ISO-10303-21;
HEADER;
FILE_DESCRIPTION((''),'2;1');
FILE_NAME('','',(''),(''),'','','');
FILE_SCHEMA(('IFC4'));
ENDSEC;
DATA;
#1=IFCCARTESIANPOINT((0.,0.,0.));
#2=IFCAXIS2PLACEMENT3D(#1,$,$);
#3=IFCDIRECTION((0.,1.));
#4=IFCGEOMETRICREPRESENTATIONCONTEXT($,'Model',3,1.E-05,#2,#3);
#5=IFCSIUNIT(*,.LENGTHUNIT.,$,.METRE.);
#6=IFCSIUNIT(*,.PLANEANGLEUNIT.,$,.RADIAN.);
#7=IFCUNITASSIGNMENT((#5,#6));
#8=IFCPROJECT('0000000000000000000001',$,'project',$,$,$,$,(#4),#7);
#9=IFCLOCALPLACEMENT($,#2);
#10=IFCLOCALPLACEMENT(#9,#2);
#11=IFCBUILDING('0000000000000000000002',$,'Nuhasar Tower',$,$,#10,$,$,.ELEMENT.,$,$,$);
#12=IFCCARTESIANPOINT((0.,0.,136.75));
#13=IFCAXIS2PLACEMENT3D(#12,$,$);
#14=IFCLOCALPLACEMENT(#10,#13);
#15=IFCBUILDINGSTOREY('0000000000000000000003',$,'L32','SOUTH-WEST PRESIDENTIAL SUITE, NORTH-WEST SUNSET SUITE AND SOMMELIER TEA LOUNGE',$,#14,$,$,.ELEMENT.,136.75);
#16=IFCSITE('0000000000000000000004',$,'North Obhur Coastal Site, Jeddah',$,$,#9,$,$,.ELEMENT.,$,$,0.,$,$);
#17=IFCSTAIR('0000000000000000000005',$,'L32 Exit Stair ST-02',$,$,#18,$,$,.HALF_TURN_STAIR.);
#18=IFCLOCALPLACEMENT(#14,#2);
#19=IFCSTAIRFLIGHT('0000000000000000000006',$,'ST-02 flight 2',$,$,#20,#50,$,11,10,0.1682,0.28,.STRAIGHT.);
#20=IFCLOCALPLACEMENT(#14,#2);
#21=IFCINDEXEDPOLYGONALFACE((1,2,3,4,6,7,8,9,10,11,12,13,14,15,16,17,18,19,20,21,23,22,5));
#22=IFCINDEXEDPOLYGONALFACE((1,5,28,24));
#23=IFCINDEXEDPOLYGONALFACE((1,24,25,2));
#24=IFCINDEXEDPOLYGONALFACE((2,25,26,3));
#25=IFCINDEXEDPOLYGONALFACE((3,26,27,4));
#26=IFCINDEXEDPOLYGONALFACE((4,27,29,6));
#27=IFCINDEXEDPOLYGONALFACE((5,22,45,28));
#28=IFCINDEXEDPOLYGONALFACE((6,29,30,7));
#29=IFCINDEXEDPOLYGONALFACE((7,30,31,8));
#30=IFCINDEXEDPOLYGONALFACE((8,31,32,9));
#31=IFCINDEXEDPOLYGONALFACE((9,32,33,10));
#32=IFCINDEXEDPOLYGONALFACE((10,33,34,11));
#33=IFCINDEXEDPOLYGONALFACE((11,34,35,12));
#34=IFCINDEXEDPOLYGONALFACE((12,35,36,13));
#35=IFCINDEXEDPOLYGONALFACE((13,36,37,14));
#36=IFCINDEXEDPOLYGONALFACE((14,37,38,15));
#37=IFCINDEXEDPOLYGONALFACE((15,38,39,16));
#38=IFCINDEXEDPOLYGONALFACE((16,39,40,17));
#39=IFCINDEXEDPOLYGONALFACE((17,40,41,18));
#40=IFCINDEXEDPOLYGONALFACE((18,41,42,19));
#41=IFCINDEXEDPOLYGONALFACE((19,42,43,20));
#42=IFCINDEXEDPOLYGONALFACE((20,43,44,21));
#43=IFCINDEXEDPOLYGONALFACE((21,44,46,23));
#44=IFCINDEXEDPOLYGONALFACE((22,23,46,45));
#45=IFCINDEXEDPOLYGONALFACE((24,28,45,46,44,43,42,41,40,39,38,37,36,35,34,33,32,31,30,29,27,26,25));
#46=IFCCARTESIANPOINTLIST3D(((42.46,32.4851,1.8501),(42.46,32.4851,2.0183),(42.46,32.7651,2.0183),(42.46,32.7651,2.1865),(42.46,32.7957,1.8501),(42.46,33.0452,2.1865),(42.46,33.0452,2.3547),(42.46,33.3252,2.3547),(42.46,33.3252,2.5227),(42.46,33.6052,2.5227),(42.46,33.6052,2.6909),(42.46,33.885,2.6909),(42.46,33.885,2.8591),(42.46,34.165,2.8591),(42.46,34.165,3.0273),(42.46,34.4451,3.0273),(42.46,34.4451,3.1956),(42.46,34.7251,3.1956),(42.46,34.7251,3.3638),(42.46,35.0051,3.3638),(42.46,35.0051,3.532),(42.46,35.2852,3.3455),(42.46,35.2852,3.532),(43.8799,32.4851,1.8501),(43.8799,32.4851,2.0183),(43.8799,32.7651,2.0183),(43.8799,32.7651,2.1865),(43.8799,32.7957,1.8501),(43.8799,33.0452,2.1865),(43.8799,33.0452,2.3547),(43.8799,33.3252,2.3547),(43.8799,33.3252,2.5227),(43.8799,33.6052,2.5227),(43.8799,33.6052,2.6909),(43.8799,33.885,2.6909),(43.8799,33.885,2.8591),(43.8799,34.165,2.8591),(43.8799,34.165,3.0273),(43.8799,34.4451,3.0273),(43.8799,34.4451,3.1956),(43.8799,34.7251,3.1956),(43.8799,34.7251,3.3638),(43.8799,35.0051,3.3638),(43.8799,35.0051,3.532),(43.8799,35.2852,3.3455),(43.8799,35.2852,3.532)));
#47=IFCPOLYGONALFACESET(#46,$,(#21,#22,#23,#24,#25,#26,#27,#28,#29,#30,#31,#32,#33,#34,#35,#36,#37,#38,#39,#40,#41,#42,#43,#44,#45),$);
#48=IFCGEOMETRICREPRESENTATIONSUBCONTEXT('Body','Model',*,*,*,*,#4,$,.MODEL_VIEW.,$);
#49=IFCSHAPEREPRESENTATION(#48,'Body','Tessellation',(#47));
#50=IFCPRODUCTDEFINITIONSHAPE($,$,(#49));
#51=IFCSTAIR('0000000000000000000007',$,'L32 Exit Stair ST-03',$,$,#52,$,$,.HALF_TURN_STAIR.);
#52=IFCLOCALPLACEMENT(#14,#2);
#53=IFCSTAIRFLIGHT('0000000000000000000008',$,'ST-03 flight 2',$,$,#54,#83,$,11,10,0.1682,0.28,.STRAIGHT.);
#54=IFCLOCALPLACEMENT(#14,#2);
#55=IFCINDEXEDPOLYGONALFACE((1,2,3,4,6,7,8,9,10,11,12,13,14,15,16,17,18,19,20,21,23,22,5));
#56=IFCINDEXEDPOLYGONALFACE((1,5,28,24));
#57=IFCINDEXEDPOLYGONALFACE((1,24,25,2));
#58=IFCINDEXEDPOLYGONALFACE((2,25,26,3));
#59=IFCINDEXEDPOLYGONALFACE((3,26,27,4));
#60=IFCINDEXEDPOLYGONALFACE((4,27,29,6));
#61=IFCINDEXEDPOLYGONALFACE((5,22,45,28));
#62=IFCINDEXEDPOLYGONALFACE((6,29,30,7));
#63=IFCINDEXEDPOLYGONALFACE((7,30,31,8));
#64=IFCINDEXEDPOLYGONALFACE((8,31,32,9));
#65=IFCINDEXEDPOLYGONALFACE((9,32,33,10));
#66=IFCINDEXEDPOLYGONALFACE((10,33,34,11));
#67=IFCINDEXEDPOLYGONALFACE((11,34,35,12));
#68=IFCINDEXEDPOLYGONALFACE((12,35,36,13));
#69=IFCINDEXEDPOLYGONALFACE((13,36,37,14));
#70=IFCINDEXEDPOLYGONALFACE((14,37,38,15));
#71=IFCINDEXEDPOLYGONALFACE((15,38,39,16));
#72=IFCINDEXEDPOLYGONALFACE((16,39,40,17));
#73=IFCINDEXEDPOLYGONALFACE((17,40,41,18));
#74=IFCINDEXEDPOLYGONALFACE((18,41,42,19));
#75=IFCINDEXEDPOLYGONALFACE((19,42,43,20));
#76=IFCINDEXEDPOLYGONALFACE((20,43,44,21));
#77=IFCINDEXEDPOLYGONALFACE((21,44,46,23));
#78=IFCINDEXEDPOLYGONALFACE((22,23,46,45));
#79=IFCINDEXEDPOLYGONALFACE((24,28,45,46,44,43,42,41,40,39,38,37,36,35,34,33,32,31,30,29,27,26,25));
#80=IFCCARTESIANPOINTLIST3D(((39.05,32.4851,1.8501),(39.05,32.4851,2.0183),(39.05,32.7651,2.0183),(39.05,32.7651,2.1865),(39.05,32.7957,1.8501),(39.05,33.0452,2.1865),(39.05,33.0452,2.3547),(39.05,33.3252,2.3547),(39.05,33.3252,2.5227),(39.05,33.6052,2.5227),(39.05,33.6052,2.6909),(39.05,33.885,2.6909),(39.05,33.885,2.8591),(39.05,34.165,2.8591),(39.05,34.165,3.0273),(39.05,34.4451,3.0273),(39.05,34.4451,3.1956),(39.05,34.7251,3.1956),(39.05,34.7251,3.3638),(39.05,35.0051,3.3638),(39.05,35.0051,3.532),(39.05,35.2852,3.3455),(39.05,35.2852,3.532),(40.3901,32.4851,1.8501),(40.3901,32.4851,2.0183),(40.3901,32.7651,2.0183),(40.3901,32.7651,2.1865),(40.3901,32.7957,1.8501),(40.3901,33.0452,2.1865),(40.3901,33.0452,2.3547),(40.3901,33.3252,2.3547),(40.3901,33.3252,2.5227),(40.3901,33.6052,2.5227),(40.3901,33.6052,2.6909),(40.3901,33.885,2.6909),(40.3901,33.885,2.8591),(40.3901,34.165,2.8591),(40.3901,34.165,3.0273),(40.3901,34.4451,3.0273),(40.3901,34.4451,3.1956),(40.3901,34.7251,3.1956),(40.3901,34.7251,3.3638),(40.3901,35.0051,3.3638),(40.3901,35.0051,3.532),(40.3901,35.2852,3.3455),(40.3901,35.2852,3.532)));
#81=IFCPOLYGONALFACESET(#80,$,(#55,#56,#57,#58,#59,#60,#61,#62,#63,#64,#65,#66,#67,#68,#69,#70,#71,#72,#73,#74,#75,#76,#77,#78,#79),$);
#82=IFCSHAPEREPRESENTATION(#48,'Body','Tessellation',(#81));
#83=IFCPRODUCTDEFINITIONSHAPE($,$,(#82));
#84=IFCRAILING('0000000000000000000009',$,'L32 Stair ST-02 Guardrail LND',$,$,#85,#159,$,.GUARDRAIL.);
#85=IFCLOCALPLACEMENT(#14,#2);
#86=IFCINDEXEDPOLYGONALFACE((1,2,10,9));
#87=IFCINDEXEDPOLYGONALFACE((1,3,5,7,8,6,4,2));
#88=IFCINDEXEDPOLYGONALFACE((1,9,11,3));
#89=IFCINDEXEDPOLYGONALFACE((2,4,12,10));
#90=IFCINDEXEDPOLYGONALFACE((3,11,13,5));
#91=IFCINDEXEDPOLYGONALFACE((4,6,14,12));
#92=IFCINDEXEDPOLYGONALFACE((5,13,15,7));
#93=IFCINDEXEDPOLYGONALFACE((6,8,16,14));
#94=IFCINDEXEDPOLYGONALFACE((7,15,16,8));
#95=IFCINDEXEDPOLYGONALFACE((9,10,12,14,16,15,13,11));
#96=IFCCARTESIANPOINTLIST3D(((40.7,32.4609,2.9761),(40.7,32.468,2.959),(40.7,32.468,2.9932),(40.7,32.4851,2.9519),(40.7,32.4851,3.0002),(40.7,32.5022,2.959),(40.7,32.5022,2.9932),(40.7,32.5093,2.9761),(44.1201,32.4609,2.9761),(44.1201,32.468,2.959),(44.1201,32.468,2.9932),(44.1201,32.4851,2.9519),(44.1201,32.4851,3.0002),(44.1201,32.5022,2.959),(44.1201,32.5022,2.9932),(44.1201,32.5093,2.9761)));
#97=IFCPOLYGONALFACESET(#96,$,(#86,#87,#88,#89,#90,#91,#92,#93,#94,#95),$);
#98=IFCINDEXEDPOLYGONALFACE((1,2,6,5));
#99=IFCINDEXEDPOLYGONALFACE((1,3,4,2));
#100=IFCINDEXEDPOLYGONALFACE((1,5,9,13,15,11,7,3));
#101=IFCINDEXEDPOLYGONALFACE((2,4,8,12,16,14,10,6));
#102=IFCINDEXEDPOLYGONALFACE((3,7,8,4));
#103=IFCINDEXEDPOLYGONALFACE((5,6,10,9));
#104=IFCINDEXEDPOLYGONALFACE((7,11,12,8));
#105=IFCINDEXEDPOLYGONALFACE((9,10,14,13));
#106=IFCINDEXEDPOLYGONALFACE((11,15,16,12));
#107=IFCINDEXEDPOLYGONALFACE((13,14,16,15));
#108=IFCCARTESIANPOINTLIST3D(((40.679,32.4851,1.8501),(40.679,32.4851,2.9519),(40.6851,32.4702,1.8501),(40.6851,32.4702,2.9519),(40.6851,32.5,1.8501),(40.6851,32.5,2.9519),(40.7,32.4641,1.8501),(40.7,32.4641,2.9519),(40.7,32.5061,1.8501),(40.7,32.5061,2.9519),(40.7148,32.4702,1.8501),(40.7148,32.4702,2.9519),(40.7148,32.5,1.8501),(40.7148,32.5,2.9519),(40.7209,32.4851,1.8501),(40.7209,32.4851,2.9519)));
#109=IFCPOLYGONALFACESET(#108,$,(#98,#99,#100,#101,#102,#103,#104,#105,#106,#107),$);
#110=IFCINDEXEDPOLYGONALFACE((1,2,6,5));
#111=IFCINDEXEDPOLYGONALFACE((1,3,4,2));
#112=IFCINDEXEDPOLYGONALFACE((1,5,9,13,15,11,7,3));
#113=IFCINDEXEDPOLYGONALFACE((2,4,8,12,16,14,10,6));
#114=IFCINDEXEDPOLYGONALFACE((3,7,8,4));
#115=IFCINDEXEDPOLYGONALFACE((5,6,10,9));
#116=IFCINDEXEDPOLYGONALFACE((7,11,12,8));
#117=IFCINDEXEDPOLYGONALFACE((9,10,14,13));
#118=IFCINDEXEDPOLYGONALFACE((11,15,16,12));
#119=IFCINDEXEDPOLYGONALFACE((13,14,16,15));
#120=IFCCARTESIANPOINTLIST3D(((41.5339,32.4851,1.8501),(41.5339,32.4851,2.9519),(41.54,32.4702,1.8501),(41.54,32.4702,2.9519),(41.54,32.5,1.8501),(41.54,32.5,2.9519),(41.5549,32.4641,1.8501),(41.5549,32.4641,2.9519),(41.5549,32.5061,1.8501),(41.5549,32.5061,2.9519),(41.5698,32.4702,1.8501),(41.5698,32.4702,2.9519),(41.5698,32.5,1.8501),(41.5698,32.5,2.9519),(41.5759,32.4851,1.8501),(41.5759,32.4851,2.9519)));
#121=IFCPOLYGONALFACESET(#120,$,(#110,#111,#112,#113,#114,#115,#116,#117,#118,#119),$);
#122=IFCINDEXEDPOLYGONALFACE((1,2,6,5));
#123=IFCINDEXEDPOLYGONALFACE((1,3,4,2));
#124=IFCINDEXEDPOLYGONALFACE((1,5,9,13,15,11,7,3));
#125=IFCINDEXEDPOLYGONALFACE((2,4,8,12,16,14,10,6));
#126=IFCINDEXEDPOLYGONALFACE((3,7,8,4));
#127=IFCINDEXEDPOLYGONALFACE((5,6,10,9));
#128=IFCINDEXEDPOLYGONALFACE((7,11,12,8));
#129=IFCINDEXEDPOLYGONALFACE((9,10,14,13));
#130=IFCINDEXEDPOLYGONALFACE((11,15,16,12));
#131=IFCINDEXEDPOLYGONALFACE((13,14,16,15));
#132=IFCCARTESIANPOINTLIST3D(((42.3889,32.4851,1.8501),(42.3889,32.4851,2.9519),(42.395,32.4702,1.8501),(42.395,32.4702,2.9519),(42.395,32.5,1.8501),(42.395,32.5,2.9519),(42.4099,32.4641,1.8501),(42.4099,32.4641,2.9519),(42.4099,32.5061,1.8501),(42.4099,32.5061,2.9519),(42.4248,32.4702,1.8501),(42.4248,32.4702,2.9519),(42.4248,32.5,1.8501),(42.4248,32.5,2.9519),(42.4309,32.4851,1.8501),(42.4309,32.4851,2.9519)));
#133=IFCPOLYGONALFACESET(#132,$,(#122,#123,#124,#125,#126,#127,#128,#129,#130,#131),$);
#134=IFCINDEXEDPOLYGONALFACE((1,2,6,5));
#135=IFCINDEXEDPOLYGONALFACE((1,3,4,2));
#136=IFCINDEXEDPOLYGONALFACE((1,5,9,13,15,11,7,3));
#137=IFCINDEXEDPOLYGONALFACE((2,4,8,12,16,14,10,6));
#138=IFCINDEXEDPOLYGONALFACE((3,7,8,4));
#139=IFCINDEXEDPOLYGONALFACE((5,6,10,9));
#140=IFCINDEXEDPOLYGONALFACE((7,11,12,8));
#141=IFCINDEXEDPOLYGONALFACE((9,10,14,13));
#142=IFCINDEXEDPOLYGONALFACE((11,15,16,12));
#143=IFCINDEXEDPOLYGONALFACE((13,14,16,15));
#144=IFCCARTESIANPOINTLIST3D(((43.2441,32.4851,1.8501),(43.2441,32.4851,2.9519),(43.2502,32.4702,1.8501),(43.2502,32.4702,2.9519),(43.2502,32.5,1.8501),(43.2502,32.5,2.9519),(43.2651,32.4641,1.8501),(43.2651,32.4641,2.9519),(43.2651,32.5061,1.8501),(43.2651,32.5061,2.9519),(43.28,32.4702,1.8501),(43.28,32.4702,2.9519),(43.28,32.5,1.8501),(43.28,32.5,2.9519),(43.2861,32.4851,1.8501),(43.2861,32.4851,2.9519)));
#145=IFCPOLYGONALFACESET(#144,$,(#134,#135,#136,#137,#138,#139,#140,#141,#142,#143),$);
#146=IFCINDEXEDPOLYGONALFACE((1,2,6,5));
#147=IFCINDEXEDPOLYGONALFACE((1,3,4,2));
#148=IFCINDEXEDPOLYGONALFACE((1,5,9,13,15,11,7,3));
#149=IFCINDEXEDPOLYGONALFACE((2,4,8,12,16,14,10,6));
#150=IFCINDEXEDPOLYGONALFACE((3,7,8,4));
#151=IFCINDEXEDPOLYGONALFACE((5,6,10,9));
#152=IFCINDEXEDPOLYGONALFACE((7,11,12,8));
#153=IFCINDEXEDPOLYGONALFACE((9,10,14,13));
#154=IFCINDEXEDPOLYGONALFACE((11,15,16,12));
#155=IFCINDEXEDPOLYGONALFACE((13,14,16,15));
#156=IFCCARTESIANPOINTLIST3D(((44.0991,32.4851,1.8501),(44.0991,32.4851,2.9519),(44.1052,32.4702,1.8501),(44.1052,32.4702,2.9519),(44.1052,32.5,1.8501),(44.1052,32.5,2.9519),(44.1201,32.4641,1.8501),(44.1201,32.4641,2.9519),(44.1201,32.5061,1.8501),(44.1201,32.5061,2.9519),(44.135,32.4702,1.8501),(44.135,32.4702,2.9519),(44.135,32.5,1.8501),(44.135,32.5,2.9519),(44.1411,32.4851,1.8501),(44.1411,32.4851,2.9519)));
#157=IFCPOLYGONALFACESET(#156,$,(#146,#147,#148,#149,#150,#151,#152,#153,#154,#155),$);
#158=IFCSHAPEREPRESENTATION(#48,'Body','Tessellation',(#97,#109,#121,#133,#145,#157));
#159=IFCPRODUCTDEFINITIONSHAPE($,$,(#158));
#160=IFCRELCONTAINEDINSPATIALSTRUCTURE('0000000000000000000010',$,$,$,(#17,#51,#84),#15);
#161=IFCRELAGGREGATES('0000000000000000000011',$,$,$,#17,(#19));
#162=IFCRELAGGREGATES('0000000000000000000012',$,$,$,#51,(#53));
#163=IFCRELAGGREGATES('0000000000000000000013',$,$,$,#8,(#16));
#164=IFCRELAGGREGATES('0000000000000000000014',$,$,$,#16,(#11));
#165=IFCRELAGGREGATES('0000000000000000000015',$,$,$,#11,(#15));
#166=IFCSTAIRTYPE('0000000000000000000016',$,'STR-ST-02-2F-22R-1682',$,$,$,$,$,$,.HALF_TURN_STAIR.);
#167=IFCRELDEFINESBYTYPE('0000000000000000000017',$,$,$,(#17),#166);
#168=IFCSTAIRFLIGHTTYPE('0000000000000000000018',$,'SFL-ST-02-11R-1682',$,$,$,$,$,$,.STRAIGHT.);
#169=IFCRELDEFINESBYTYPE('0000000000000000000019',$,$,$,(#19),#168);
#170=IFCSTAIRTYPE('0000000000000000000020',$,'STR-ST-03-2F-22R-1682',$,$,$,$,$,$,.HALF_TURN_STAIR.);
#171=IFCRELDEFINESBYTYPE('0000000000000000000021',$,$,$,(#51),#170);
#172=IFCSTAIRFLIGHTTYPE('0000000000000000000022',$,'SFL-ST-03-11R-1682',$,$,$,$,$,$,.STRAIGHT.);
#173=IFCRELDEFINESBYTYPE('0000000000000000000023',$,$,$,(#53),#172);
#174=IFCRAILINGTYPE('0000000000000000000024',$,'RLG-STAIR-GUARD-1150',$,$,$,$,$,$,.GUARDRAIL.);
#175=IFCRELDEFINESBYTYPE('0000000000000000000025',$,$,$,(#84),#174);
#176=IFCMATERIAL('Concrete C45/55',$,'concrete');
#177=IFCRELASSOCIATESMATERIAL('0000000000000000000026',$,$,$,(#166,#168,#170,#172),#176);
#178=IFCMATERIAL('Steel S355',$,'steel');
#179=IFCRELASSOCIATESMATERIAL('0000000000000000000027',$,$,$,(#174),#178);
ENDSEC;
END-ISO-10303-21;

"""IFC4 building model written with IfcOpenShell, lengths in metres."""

from ifc_helpers import new_model, si_unit, direction, frame, origin, place, context, subcontext, project, spatial, polyline, outline, extrude, material, type_object, element, aggregate, save


model = new_model("IFC4")

# Units and contexts
model_context = context("Model", 3, precision=1e-05, world=origin(), true_north=direction((0.0, 1.0)))
body_context = subcontext(model_context, "Body", "Model", "MODEL_VIEW")
ifc_project = project(units=[si_unit("LENGTHUNIT", "METRE"), si_unit("PLANEANGLEUNIT", "RADIAN")], contexts=[model_context])

# Site, building, storey
site_placement = place(None, origin())
site = spatial("IfcSite", under=ifc_project, at=site_placement, Name="North Obhur Coastal Site, Jeddah", CompositionType="ELEMENT", RefElevation=0.0)
building_placement = place(site_placement, origin())
building = spatial("IfcBuilding", under=site, at=building_placement, Name="Nuhasar Tower", CompositionType="ELEMENT")
storey_placement = place(building_placement, frame((0.0, 0.0, 136.75)))
storey = spatial("IfcBuildingStorey", under=building, at=storey_placement, Name="L32", Description="SOUTH-WEST PRESIDENTIAL SUITE, NORTH-WEST SUNSET SUITE AND SOMMELIER TEA LOUNGE", CompositionType="ELEMENT", Elevation=136.75)

# Shared definitions
ifc_material_1 = material(Name="Steel S355", Category="steel")

# Shared definitions
ifc_material_2 = material(Name="Concrete C45/55", Category="concrete")

# Stair, stair flight
stair_type_1 = type_object("IfcStairType", Name="STR-ST-02-2F-22R-1682", PredefinedType="HALF_TURN_STAIR", material=ifc_material_2)
stair_1_placement = place(storey_placement, origin())
stair_1 = element("IfcStair", 1, at=stair_1_placement, inside=storey, type_object=stair_type_1, Name="L32 Exit Stair ST-02", PredefinedType="HALF_TURN_STAIR")
stair_flight_type_1 = type_object("IfcStairFlightType", Name="SFL-ST-02-11R-1682", PredefinedType="STRAIGHT", material=ifc_material_2)
stair_flight_1_placement = place(storey_placement, frame((43.1699, 32.4851, 1.8501), z_axis=(0.0, 0.0, 1.0), x_axis=(0.0, 1.0, 0.0)))
stair_flight_1 = element("IfcStairFlight", 2, at=stair_flight_1_placement, type_object=stair_flight_type_1, Name="ST-02 flight 2", NumberOfRisers=11, NumberOfTreads=10, PredefinedType="STRAIGHT", RiserHeight=0.1682, TreadLength=0.28, context=body_context, shape_type="SweptSolid", body=[
    extrude(outline(polyline([(0.0, 0.0), (0.0, 0.1682), (0.28, 0.1682), (0.28, 0.3364), (0.5601, 0.3364), (0.5601, 0.5046), (0.8401, 0.5046), (0.8401, 0.6726), (1.1201, 0.6726), (1.1201, 0.8408), (1.3999, 0.8408), (1.3999, 1.009), (1.6799, 1.009), (1.6799, 1.1772), (1.96, 1.1772), (1.96, 1.3455), (2.24, 1.3455), (2.24, 1.5137), (2.52, 1.5137), (2.52, 1.6819), (2.8, 1.6819), (2.8, 1.8501), (2.8, 1.4954), (0.3105, 0.0), (0.0, 0.0)])), frame((0.0, 0.71, 0.0), z_axis=(0.0, -1.0, 0.0), x_axis=(1.0, 0.0, 0.0)), (0.0, 0.0, 1.0), 1.4199),
])
aggregate(stair_1, [stair_flight_1])

# Stair, stair flight
stair_type_2 = type_object("IfcStairType", Name="STR-ST-03-2F-22R-1682", PredefinedType="HALF_TURN_STAIR", material=ifc_material_2)
stair_2_placement = place(storey_placement, origin())
stair_2 = element("IfcStair", 3, at=stair_2_placement, inside=storey, type_object=stair_type_2, Name="L32 Exit Stair ST-03", PredefinedType="HALF_TURN_STAIR")
stair_flight_type_2 = type_object("IfcStairFlightType", Name="SFL-ST-03-11R-1682", PredefinedType="STRAIGHT", material=ifc_material_2)
stair_flight_2_placement = place(storey_placement, frame((39.72, 32.4851, 1.8501), z_axis=(0.0, 0.0, 1.0), x_axis=(0.0, 1.0, 0.0)))
stair_flight_2 = element("IfcStairFlight", 4, at=stair_flight_2_placement, type_object=stair_flight_type_2, Name="ST-03 flight 2", NumberOfRisers=11, NumberOfTreads=10, PredefinedType="STRAIGHT", RiserHeight=0.1682, TreadLength=0.28, context=body_context, shape_type="SweptSolid", body=[
    extrude(outline(polyline([(0.0, 0.0), (0.0, 0.1682), (0.28, 0.1682), (0.28, 0.3364), (0.5601, 0.3364), (0.5601, 0.5046), (0.8401, 0.5046), (0.8401, 0.6726), (1.1201, 0.6726), (1.1201, 0.8408), (1.3999, 0.8408), (1.3999, 1.009), (1.6799, 1.009), (1.6799, 1.1772), (1.96, 1.1772), (1.96, 1.3455), (2.24, 1.3455), (2.24, 1.5137), (2.52, 1.5137), (2.52, 1.6819), (2.8, 1.6819), (2.8, 1.8501), (2.8, 1.4954), (0.3105, 0.0), (0.0, 0.0)])), frame((0.0, 0.6699, 0.0), z_axis=(0.0, -1.0, 0.0), x_axis=(1.0, 0.0, 0.0)), (0.0, 0.0, 1.0), 1.3401),
])
aggregate(stair_2, [stair_flight_2])

# Railing
railing_type_1 = type_object("IfcRailingType", Name="RLG-STAIR-GUARD-1150", PredefinedType="GUARDRAIL", material=ifc_material_1)
railing_1_placement = place(storey_placement, frame((40.7, 32.4851, 1.8501)))
element("IfcRailing", 5, at=railing_1_placement, inside=storey, type_object=railing_type_1, Name="L32 Stair ST-02 Guardrail LND", PredefinedType="GUARDRAIL", context=body_context, shape_type="SweptSolid", body=[
    extrude(outline(polyline([(0.0242, 0.0), (0.0171, 0.0171), (0.0, 0.0242), (-0.0171, 0.0171), (-0.0242, 0.0), (-0.0171, -0.0171), (0.0, -0.0242), (0.0171, -0.0171), (0.0242, 0.0)])), frame((0.0, 0.0, 1.126), z_axis=(1.0, 0.0, 0.0), x_axis=(0.0, 1.0, 0.0)), (0.0, 0.0, 1.0), 3.4202),
    extrude(outline(polyline([(0.021, 0.0), (0.0149, 0.0149), (0.0, 0.021), (-0.0149, 0.0149), (-0.021, 0.0), (-0.0149, -0.0149), (0.0, -0.021), (0.0149, -0.0149), (0.021, 0.0)])), origin(), (0.0, 0.0, 1.0), 1.1018),
    extrude(outline(polyline([(0.021, 0.0), (0.0149, 0.0149), (0.0, 0.021), (-0.0149, 0.0149), (-0.021, 0.0), (-0.0149, -0.0149), (0.0, -0.021), (0.0149, -0.0149), (0.021, 0.0)])), frame((0.855, 0.0, 0.0)), (0.0, 0.0, 1.0), 1.1018),
    extrude(outline(polyline([(0.021, 0.0), (0.0149, 0.0149), (0.0, 0.021), (-0.0149, 0.0149), (-0.021, 0.0), (-0.0149, -0.0149), (0.0, -0.021), (0.0149, -0.0149), (0.021, 0.0)])), frame((1.71, 0.0, 0.0)), (0.0, 0.0, 1.0), 1.1018),
    extrude(outline(polyline([(0.021, 0.0), (0.0149, 0.0149), (0.0, 0.021), (-0.0149, 0.0149), (-0.021, 0.0), (-0.0149, -0.0149), (0.0, -0.021), (0.0149, -0.0149), (0.021, 0.0)])), frame((2.5652, 0.0, 0.0)), (0.0, 0.0, 1.0), 1.1018),
    extrude(outline(polyline([(0.021, 0.0), (0.0149, 0.0149), (0.0, 0.021), (-0.0149, 0.0149), (-0.021, 0.0), (-0.0149, -0.0149), (0.0, -0.021), (0.0149, -0.0149), (0.021, 0.0)])), frame((3.4202, 0.0, 0.0)), (0.0, 0.0, 1.0), 1.1018),
])

save(model, "model.ifc")
